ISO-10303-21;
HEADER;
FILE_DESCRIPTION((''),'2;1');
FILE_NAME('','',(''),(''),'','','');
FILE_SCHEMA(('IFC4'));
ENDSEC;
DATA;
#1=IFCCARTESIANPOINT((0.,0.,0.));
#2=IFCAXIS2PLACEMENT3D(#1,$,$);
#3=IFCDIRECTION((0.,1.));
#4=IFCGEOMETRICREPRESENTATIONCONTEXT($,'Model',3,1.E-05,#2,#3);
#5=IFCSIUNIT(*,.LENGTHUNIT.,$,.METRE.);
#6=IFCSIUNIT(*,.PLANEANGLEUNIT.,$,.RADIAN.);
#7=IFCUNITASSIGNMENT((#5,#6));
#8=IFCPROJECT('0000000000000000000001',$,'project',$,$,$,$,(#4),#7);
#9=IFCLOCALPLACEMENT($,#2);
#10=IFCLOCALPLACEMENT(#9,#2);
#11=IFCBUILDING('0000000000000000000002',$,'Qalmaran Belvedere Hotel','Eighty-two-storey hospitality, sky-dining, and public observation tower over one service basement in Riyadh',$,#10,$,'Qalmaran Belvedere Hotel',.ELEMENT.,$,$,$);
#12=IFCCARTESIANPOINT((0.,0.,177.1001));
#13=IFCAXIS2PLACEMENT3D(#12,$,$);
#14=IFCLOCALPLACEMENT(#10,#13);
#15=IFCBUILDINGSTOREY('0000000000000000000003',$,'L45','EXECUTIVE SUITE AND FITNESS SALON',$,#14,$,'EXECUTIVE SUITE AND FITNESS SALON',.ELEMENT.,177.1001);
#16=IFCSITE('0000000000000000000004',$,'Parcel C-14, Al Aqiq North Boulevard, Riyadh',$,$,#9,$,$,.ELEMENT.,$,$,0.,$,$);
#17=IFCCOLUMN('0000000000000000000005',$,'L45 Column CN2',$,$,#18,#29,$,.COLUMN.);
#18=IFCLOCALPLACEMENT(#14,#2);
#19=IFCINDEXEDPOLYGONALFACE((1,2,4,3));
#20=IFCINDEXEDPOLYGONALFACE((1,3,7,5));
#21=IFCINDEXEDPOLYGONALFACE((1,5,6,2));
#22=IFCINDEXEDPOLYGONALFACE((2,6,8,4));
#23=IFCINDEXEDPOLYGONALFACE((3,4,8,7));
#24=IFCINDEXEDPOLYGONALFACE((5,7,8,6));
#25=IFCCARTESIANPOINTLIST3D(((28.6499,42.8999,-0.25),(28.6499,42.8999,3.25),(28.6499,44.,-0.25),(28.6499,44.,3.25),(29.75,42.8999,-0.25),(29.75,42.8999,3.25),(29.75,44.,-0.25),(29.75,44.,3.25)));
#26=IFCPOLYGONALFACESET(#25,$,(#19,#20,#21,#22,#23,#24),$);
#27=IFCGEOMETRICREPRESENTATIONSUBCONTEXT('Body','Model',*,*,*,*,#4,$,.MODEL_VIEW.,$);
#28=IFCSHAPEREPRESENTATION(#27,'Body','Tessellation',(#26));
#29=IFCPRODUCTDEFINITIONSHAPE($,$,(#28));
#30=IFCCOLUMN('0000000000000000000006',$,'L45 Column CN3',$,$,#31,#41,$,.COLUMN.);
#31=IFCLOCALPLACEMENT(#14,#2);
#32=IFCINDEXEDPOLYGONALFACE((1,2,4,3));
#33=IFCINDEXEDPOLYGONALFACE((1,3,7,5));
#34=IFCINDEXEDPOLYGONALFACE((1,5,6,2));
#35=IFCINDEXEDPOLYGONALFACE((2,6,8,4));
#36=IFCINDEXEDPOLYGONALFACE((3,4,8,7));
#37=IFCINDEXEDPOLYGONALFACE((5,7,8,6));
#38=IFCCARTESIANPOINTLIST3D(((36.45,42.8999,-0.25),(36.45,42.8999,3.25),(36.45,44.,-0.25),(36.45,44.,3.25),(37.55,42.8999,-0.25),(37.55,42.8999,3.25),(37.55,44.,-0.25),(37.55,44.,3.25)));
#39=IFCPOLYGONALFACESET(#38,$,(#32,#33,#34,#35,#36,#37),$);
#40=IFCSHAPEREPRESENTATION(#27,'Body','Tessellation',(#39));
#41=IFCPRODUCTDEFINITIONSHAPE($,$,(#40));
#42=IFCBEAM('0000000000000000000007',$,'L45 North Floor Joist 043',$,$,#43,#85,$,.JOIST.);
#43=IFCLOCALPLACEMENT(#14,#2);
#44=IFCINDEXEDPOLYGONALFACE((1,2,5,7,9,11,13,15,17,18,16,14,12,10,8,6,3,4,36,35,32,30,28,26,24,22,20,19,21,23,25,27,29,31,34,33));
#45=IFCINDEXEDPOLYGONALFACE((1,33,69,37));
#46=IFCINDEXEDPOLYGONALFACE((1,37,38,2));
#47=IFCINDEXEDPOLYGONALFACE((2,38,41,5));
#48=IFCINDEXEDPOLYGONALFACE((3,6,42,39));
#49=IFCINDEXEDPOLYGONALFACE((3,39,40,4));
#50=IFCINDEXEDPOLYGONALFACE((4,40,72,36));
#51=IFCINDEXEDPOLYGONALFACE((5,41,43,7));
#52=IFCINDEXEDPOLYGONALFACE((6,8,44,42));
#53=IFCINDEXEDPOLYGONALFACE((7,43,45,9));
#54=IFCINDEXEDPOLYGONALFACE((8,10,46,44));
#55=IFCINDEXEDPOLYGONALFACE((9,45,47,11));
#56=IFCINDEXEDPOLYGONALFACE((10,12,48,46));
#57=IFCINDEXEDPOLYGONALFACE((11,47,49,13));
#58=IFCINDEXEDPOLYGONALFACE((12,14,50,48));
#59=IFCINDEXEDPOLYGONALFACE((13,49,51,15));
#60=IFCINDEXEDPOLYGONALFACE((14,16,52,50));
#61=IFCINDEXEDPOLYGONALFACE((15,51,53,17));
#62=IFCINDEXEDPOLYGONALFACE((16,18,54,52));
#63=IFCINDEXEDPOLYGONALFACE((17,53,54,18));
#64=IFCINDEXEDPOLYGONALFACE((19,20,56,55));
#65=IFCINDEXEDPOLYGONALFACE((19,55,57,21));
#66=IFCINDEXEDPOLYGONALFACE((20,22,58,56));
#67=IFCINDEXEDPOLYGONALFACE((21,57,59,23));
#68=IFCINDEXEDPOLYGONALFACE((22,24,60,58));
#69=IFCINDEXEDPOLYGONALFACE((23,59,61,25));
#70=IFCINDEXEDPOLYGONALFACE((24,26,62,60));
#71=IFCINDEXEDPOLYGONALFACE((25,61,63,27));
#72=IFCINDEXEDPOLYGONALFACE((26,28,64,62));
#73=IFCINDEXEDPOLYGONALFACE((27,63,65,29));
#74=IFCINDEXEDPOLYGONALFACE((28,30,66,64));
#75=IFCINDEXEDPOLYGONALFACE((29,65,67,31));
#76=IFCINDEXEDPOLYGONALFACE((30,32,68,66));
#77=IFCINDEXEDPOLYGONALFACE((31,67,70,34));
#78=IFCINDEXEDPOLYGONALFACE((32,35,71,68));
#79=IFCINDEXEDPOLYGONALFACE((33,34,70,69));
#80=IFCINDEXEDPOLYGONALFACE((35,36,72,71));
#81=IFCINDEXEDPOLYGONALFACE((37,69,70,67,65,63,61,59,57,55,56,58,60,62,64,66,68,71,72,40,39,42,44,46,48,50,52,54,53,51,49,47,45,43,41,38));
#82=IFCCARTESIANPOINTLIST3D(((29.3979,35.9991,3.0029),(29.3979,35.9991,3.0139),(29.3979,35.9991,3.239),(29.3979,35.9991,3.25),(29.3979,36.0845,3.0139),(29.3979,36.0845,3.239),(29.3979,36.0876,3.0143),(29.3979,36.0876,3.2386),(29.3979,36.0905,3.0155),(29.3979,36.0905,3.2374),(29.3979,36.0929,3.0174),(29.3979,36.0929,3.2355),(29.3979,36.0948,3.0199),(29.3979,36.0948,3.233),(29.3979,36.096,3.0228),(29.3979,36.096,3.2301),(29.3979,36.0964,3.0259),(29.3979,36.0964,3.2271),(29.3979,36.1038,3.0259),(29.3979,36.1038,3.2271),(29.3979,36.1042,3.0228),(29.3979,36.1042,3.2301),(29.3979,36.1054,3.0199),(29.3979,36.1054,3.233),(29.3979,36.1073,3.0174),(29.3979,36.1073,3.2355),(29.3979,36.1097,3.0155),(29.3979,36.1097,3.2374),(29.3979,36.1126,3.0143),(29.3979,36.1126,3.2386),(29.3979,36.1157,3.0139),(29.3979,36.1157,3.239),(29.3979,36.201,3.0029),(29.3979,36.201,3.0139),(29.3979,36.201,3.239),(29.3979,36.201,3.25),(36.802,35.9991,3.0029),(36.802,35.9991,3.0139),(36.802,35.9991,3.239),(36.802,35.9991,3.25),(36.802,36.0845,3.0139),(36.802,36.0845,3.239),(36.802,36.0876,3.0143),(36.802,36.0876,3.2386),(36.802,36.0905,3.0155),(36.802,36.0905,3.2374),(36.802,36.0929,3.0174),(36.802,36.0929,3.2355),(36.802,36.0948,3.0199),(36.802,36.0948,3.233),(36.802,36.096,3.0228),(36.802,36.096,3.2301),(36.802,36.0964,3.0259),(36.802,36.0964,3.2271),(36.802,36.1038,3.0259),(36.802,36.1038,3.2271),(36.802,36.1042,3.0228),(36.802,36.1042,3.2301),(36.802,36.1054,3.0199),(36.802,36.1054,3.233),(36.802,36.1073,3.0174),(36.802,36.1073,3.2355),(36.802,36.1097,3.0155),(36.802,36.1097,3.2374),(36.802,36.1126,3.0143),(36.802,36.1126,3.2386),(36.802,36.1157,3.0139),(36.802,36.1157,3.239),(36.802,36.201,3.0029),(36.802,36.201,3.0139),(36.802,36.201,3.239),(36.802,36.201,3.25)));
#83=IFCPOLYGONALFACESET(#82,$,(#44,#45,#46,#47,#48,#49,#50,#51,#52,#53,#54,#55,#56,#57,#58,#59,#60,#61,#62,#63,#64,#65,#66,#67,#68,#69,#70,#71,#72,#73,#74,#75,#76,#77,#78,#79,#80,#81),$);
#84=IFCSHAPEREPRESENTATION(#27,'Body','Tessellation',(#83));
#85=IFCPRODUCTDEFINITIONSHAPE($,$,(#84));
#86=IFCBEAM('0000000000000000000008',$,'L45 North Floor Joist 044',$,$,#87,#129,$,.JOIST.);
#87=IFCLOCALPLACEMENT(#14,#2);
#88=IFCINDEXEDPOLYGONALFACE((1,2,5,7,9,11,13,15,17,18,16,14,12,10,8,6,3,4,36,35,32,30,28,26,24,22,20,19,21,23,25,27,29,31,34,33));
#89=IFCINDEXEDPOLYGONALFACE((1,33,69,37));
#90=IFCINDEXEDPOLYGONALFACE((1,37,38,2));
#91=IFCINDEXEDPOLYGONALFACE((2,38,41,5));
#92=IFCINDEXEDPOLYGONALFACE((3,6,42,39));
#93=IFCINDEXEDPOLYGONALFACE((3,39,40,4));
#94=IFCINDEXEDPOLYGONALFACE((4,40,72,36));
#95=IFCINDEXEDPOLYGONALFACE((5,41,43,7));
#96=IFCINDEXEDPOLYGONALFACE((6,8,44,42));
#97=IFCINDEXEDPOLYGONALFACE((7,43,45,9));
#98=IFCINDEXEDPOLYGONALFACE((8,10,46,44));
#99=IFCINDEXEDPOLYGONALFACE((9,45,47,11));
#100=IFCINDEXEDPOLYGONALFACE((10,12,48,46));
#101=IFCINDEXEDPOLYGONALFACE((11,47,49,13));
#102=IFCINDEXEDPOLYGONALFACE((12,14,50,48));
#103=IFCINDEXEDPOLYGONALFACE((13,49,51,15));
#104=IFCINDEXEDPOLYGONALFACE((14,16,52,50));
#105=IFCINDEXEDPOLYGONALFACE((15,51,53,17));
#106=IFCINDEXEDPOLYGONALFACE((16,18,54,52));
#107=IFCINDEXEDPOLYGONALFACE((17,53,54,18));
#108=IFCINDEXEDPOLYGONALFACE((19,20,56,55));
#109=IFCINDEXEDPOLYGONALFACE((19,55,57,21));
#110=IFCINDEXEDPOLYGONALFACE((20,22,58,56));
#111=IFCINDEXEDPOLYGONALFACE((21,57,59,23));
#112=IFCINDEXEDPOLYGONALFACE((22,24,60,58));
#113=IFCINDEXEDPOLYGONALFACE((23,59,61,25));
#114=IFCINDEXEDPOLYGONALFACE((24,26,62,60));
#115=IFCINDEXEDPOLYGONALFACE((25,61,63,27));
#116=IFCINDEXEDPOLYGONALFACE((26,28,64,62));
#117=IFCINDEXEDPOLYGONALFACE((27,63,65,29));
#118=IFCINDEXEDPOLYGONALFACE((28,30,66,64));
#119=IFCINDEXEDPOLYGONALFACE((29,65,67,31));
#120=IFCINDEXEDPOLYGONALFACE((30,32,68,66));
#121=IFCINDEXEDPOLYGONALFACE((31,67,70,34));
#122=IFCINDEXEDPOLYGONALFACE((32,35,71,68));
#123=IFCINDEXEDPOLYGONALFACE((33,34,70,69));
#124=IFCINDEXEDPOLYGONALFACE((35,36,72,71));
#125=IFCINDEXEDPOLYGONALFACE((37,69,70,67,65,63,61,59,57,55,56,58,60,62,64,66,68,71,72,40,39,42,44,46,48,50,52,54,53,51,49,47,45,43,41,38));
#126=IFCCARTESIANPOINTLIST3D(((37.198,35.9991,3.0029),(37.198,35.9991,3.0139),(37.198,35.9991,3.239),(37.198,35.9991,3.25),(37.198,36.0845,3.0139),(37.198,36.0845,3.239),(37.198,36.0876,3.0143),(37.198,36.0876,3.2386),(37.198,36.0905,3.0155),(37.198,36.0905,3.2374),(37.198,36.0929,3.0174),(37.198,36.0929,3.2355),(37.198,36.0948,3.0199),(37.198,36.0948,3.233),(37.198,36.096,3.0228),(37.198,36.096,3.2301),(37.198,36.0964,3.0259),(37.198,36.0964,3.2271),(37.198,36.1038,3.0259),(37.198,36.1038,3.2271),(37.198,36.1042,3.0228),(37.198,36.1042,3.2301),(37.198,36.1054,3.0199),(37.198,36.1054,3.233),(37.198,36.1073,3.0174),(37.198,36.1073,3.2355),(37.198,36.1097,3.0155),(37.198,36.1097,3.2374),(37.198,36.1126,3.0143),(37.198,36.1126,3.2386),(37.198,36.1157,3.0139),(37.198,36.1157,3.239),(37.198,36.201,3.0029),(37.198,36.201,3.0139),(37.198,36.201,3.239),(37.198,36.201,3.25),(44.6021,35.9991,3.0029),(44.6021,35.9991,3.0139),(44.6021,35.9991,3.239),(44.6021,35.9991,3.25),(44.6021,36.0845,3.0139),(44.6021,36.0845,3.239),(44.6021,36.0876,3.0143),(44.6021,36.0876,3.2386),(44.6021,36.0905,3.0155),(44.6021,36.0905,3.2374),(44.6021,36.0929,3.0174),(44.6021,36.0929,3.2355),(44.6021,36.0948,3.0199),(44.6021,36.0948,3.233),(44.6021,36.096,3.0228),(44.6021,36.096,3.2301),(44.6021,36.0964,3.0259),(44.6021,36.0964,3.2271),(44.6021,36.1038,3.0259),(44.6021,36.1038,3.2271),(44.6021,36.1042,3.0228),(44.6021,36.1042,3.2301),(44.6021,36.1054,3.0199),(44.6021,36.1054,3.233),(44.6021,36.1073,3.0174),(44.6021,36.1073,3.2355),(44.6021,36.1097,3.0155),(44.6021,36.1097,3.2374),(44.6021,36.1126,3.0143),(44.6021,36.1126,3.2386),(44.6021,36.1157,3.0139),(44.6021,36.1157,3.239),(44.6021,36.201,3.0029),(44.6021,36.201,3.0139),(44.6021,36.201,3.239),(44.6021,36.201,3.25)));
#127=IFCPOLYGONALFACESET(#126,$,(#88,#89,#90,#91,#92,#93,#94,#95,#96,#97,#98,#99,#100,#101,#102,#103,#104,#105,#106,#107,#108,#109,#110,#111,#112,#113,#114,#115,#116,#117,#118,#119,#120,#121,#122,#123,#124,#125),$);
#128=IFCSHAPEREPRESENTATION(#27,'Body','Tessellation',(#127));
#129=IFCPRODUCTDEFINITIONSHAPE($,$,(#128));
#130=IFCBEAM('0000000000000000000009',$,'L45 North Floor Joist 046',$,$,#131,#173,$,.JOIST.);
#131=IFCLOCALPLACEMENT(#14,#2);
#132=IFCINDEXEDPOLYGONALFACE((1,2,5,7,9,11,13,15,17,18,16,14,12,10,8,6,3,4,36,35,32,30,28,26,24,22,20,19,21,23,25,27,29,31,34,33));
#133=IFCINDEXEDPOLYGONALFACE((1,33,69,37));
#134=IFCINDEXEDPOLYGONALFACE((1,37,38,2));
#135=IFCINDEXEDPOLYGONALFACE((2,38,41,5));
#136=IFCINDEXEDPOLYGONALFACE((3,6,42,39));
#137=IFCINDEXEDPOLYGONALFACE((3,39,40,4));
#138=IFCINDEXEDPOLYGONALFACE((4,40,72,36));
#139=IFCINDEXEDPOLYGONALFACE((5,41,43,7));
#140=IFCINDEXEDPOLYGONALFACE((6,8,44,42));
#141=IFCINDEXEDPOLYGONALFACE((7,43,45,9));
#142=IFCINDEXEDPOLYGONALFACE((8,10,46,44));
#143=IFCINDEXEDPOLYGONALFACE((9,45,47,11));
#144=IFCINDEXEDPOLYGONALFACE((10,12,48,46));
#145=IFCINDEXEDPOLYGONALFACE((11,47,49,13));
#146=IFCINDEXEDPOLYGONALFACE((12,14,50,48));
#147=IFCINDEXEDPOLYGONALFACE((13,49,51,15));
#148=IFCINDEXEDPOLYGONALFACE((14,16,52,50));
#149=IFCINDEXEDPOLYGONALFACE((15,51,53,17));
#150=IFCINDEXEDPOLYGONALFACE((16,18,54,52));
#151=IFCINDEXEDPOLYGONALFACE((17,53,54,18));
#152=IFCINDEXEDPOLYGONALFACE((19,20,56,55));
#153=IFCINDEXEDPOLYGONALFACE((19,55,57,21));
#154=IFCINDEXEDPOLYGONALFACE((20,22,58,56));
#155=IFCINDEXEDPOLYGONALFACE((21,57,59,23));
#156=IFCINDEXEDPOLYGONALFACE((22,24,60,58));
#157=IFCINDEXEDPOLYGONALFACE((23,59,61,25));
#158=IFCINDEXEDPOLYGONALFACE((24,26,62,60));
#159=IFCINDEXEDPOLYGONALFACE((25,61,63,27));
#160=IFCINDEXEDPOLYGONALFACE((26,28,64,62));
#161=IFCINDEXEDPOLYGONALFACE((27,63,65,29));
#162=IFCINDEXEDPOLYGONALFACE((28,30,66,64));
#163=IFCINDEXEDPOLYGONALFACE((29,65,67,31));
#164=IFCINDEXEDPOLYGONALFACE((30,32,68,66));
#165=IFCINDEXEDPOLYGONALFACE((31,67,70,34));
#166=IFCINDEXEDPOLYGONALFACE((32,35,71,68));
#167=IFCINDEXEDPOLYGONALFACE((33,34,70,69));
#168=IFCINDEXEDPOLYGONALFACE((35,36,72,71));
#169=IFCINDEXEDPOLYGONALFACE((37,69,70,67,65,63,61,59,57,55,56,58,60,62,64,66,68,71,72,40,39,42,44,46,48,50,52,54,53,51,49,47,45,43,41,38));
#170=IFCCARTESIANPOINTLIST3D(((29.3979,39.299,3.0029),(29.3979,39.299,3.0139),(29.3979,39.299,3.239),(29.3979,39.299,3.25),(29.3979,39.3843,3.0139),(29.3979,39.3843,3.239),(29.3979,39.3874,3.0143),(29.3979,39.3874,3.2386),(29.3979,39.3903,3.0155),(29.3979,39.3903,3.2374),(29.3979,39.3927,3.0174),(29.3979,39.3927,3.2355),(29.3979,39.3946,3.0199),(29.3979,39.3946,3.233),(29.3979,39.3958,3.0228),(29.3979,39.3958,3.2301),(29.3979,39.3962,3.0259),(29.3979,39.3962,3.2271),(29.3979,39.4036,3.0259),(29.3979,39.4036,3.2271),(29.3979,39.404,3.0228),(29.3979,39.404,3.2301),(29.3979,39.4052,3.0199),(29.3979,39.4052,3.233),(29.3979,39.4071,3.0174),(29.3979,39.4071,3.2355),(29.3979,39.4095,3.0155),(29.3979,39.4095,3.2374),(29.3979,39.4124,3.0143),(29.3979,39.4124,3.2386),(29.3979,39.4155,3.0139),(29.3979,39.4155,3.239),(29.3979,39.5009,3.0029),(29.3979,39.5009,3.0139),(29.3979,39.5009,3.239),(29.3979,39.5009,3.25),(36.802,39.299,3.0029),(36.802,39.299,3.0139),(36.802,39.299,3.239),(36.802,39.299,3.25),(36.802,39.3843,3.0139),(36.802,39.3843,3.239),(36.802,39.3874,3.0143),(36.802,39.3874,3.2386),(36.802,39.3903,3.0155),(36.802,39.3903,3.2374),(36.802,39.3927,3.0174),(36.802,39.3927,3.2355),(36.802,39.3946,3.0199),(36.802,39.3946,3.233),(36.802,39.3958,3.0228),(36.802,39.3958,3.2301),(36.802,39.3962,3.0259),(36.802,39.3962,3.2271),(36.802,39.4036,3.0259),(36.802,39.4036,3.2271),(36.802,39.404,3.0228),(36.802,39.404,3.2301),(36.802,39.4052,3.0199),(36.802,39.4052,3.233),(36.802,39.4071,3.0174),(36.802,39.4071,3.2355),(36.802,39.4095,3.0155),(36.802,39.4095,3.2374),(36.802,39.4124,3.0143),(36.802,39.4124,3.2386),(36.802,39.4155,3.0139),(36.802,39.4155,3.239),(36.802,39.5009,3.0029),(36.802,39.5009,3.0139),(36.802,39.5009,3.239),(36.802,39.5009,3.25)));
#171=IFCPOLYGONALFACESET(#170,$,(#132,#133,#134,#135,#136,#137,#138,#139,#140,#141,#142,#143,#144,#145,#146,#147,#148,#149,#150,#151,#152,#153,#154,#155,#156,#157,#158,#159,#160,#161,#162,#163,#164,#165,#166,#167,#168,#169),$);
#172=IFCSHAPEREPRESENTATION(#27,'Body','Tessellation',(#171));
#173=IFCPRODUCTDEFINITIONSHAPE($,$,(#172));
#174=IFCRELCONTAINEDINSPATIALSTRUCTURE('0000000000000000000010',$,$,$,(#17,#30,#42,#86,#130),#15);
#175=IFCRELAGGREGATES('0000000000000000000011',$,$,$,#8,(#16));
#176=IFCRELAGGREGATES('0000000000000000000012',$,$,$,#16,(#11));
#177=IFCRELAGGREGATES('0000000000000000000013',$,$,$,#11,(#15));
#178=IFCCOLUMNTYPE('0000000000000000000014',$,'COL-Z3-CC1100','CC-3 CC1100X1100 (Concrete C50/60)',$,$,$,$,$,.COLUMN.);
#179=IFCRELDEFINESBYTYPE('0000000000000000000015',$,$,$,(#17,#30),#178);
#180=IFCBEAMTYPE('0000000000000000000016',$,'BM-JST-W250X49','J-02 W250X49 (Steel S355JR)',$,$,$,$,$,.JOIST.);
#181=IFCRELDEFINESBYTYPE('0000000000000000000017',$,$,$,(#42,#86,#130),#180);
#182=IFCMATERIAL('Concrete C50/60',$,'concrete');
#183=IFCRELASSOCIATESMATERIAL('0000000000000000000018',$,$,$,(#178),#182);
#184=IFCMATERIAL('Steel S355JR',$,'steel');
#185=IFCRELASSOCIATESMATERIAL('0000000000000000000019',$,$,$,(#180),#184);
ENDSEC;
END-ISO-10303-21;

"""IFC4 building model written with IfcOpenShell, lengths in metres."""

from ifc_helpers import new_model, si_unit, direction, frame, origin, origin_2d, place, context, subcontext, project, spatial, rectangle, i_section, extrude, material, material_profile, profile_set, type_object, element, save


model = new_model("IFC4")

# Units and contexts
model_context = context("Model", 3, precision=1e-05, world=origin(), true_north=direction((0.0, 1.0)))
body_context = subcontext(model_context, "Body", "Model", "MODEL_VIEW")
ifc_project = project(units=[si_unit("LENGTHUNIT", "METRE"), si_unit("PLANEANGLEUNIT", "RADIAN")], contexts=[model_context])

# Site, building, storey
site_placement = place(None, origin())
site = spatial("IfcSite", under=ifc_project, at=site_placement, Name="Parcel C-14, Al Aqiq North Boulevard, Riyadh", CompositionType="ELEMENT", RefElevation=0.0)
building_placement = place(site_placement, origin())
building = spatial("IfcBuilding", under=site, at=building_placement, Name="Qalmaran Belvedere Hotel", Description="Eighty-two-storey hospitality, sky-dining, and public observation tower over one service basement in Riyadh", LongName="Qalmaran Belvedere Hotel", CompositionType="ELEMENT")
storey_placement = place(building_placement, frame((0.0, 0.0, 177.1001)))
storey = spatial("IfcBuildingStorey", under=building, at=storey_placement, Name="L45", Description="EXECUTIVE SUITE AND FITNESS SALON", LongName="EXECUTIVE SUITE AND FITNESS SALON", CompositionType="ELEMENT", Elevation=177.1001)

# Columns
ifc_material_1 = material(Name="Concrete C50/60", Category="concrete")
ifc_material_profile_1 = material_profile(ifc_material_1, rectangle(XDim=1.1001, YDim=1.1001, at=origin_2d()), Name="CC1100X1100")
ifc_profile_set_1 = profile_set([ifc_material_profile_1], Name="Concrete C50/60")
column_type = type_object("IfcColumnType", Name="COL-Z3-CC1100", Description="CC-3 CC1100X1100 (Concrete C50/60)", PredefinedType="COLUMN", material=ifc_profile_set_1)
for number, where, z_axis, x_axis, name in (
    (1, (29.2, 43.45, -0.25), (0.0, 0.0, 1.0), (1.0, 0.0, 0.0), "L45 Column CN2"),
    (2, (37.0, 43.45, -0.25), (0.0, 0.0, 1.0), (1.0, 0.0, 0.0), "L45 Column CN3"),
):
    element("IfcColumn", number, at=place(storey_placement, frame(where, z_axis=z_axis, x_axis=x_axis)), inside=storey, type_object=column_type, Name=name, PredefinedType="COLUMN", context=body_context, shape_type="SweptSolid", body=[
        extrude(rectangle(XDim=1.1001, YDim=1.1001, at=origin_2d()), origin(), (0.0, 0.0, 1.0), 3.5),
    ])

# Beams
ifc_material_2 = material(Name="Steel S355JR", Category="steel")
ifc_material_profile_2 = material_profile(ifc_material_2, i_section(OverallWidth=0.2019, OverallDepth=0.2471, WebThickness=0.0073, FlangeThickness=0.011, FilletRadius=0.012, at=origin_2d()), Name="W250X49")
ifc_profile_set_2 = profile_set([ifc_material_profile_2], Name="Steel S355JR")
beam_type_1 = type_object("IfcBeamType", Name="BM-JST-W250X49", Description="J-02 W250X49 (Steel S355JR)", PredefinedType="JOIST", material=ifc_profile_set_2)
for number, where, z_axis, x_axis, name in (
    (3, (29.3979, 36.1001, 3.1265), (1.0, 0.0, 0.0), (0.0, 1.0, 0.0), "L45 North Floor Joist 043"),
    (4, (37.198, 36.1001, 3.1265), (1.0, 0.0, 0.0), (0.0, 1.0, 0.0), "L45 North Floor Joist 044"),
    (5, (29.3979, 39.3999, 3.1265), (1.0, 0.0, 0.0), (0.0, 1.0, 0.0), "L45 North Floor Joist 046"),
):
    element("IfcBeam", number, at=place(storey_placement, frame(where, z_axis=z_axis, x_axis=x_axis)), inside=storey, type_object=beam_type_1, Name=name, PredefinedType="JOIST", context=body_context, shape_type="SweptSolid", body=[
        extrude(i_section(OverallWidth=0.2019, OverallDepth=0.2471, WebThickness=0.0073, FlangeThickness=0.011, FilletRadius=0.012, at=origin_2d()), origin(), (0.0, 0.0, 1.0), 7.4041),
    ])

save(model, "model.ifc")
